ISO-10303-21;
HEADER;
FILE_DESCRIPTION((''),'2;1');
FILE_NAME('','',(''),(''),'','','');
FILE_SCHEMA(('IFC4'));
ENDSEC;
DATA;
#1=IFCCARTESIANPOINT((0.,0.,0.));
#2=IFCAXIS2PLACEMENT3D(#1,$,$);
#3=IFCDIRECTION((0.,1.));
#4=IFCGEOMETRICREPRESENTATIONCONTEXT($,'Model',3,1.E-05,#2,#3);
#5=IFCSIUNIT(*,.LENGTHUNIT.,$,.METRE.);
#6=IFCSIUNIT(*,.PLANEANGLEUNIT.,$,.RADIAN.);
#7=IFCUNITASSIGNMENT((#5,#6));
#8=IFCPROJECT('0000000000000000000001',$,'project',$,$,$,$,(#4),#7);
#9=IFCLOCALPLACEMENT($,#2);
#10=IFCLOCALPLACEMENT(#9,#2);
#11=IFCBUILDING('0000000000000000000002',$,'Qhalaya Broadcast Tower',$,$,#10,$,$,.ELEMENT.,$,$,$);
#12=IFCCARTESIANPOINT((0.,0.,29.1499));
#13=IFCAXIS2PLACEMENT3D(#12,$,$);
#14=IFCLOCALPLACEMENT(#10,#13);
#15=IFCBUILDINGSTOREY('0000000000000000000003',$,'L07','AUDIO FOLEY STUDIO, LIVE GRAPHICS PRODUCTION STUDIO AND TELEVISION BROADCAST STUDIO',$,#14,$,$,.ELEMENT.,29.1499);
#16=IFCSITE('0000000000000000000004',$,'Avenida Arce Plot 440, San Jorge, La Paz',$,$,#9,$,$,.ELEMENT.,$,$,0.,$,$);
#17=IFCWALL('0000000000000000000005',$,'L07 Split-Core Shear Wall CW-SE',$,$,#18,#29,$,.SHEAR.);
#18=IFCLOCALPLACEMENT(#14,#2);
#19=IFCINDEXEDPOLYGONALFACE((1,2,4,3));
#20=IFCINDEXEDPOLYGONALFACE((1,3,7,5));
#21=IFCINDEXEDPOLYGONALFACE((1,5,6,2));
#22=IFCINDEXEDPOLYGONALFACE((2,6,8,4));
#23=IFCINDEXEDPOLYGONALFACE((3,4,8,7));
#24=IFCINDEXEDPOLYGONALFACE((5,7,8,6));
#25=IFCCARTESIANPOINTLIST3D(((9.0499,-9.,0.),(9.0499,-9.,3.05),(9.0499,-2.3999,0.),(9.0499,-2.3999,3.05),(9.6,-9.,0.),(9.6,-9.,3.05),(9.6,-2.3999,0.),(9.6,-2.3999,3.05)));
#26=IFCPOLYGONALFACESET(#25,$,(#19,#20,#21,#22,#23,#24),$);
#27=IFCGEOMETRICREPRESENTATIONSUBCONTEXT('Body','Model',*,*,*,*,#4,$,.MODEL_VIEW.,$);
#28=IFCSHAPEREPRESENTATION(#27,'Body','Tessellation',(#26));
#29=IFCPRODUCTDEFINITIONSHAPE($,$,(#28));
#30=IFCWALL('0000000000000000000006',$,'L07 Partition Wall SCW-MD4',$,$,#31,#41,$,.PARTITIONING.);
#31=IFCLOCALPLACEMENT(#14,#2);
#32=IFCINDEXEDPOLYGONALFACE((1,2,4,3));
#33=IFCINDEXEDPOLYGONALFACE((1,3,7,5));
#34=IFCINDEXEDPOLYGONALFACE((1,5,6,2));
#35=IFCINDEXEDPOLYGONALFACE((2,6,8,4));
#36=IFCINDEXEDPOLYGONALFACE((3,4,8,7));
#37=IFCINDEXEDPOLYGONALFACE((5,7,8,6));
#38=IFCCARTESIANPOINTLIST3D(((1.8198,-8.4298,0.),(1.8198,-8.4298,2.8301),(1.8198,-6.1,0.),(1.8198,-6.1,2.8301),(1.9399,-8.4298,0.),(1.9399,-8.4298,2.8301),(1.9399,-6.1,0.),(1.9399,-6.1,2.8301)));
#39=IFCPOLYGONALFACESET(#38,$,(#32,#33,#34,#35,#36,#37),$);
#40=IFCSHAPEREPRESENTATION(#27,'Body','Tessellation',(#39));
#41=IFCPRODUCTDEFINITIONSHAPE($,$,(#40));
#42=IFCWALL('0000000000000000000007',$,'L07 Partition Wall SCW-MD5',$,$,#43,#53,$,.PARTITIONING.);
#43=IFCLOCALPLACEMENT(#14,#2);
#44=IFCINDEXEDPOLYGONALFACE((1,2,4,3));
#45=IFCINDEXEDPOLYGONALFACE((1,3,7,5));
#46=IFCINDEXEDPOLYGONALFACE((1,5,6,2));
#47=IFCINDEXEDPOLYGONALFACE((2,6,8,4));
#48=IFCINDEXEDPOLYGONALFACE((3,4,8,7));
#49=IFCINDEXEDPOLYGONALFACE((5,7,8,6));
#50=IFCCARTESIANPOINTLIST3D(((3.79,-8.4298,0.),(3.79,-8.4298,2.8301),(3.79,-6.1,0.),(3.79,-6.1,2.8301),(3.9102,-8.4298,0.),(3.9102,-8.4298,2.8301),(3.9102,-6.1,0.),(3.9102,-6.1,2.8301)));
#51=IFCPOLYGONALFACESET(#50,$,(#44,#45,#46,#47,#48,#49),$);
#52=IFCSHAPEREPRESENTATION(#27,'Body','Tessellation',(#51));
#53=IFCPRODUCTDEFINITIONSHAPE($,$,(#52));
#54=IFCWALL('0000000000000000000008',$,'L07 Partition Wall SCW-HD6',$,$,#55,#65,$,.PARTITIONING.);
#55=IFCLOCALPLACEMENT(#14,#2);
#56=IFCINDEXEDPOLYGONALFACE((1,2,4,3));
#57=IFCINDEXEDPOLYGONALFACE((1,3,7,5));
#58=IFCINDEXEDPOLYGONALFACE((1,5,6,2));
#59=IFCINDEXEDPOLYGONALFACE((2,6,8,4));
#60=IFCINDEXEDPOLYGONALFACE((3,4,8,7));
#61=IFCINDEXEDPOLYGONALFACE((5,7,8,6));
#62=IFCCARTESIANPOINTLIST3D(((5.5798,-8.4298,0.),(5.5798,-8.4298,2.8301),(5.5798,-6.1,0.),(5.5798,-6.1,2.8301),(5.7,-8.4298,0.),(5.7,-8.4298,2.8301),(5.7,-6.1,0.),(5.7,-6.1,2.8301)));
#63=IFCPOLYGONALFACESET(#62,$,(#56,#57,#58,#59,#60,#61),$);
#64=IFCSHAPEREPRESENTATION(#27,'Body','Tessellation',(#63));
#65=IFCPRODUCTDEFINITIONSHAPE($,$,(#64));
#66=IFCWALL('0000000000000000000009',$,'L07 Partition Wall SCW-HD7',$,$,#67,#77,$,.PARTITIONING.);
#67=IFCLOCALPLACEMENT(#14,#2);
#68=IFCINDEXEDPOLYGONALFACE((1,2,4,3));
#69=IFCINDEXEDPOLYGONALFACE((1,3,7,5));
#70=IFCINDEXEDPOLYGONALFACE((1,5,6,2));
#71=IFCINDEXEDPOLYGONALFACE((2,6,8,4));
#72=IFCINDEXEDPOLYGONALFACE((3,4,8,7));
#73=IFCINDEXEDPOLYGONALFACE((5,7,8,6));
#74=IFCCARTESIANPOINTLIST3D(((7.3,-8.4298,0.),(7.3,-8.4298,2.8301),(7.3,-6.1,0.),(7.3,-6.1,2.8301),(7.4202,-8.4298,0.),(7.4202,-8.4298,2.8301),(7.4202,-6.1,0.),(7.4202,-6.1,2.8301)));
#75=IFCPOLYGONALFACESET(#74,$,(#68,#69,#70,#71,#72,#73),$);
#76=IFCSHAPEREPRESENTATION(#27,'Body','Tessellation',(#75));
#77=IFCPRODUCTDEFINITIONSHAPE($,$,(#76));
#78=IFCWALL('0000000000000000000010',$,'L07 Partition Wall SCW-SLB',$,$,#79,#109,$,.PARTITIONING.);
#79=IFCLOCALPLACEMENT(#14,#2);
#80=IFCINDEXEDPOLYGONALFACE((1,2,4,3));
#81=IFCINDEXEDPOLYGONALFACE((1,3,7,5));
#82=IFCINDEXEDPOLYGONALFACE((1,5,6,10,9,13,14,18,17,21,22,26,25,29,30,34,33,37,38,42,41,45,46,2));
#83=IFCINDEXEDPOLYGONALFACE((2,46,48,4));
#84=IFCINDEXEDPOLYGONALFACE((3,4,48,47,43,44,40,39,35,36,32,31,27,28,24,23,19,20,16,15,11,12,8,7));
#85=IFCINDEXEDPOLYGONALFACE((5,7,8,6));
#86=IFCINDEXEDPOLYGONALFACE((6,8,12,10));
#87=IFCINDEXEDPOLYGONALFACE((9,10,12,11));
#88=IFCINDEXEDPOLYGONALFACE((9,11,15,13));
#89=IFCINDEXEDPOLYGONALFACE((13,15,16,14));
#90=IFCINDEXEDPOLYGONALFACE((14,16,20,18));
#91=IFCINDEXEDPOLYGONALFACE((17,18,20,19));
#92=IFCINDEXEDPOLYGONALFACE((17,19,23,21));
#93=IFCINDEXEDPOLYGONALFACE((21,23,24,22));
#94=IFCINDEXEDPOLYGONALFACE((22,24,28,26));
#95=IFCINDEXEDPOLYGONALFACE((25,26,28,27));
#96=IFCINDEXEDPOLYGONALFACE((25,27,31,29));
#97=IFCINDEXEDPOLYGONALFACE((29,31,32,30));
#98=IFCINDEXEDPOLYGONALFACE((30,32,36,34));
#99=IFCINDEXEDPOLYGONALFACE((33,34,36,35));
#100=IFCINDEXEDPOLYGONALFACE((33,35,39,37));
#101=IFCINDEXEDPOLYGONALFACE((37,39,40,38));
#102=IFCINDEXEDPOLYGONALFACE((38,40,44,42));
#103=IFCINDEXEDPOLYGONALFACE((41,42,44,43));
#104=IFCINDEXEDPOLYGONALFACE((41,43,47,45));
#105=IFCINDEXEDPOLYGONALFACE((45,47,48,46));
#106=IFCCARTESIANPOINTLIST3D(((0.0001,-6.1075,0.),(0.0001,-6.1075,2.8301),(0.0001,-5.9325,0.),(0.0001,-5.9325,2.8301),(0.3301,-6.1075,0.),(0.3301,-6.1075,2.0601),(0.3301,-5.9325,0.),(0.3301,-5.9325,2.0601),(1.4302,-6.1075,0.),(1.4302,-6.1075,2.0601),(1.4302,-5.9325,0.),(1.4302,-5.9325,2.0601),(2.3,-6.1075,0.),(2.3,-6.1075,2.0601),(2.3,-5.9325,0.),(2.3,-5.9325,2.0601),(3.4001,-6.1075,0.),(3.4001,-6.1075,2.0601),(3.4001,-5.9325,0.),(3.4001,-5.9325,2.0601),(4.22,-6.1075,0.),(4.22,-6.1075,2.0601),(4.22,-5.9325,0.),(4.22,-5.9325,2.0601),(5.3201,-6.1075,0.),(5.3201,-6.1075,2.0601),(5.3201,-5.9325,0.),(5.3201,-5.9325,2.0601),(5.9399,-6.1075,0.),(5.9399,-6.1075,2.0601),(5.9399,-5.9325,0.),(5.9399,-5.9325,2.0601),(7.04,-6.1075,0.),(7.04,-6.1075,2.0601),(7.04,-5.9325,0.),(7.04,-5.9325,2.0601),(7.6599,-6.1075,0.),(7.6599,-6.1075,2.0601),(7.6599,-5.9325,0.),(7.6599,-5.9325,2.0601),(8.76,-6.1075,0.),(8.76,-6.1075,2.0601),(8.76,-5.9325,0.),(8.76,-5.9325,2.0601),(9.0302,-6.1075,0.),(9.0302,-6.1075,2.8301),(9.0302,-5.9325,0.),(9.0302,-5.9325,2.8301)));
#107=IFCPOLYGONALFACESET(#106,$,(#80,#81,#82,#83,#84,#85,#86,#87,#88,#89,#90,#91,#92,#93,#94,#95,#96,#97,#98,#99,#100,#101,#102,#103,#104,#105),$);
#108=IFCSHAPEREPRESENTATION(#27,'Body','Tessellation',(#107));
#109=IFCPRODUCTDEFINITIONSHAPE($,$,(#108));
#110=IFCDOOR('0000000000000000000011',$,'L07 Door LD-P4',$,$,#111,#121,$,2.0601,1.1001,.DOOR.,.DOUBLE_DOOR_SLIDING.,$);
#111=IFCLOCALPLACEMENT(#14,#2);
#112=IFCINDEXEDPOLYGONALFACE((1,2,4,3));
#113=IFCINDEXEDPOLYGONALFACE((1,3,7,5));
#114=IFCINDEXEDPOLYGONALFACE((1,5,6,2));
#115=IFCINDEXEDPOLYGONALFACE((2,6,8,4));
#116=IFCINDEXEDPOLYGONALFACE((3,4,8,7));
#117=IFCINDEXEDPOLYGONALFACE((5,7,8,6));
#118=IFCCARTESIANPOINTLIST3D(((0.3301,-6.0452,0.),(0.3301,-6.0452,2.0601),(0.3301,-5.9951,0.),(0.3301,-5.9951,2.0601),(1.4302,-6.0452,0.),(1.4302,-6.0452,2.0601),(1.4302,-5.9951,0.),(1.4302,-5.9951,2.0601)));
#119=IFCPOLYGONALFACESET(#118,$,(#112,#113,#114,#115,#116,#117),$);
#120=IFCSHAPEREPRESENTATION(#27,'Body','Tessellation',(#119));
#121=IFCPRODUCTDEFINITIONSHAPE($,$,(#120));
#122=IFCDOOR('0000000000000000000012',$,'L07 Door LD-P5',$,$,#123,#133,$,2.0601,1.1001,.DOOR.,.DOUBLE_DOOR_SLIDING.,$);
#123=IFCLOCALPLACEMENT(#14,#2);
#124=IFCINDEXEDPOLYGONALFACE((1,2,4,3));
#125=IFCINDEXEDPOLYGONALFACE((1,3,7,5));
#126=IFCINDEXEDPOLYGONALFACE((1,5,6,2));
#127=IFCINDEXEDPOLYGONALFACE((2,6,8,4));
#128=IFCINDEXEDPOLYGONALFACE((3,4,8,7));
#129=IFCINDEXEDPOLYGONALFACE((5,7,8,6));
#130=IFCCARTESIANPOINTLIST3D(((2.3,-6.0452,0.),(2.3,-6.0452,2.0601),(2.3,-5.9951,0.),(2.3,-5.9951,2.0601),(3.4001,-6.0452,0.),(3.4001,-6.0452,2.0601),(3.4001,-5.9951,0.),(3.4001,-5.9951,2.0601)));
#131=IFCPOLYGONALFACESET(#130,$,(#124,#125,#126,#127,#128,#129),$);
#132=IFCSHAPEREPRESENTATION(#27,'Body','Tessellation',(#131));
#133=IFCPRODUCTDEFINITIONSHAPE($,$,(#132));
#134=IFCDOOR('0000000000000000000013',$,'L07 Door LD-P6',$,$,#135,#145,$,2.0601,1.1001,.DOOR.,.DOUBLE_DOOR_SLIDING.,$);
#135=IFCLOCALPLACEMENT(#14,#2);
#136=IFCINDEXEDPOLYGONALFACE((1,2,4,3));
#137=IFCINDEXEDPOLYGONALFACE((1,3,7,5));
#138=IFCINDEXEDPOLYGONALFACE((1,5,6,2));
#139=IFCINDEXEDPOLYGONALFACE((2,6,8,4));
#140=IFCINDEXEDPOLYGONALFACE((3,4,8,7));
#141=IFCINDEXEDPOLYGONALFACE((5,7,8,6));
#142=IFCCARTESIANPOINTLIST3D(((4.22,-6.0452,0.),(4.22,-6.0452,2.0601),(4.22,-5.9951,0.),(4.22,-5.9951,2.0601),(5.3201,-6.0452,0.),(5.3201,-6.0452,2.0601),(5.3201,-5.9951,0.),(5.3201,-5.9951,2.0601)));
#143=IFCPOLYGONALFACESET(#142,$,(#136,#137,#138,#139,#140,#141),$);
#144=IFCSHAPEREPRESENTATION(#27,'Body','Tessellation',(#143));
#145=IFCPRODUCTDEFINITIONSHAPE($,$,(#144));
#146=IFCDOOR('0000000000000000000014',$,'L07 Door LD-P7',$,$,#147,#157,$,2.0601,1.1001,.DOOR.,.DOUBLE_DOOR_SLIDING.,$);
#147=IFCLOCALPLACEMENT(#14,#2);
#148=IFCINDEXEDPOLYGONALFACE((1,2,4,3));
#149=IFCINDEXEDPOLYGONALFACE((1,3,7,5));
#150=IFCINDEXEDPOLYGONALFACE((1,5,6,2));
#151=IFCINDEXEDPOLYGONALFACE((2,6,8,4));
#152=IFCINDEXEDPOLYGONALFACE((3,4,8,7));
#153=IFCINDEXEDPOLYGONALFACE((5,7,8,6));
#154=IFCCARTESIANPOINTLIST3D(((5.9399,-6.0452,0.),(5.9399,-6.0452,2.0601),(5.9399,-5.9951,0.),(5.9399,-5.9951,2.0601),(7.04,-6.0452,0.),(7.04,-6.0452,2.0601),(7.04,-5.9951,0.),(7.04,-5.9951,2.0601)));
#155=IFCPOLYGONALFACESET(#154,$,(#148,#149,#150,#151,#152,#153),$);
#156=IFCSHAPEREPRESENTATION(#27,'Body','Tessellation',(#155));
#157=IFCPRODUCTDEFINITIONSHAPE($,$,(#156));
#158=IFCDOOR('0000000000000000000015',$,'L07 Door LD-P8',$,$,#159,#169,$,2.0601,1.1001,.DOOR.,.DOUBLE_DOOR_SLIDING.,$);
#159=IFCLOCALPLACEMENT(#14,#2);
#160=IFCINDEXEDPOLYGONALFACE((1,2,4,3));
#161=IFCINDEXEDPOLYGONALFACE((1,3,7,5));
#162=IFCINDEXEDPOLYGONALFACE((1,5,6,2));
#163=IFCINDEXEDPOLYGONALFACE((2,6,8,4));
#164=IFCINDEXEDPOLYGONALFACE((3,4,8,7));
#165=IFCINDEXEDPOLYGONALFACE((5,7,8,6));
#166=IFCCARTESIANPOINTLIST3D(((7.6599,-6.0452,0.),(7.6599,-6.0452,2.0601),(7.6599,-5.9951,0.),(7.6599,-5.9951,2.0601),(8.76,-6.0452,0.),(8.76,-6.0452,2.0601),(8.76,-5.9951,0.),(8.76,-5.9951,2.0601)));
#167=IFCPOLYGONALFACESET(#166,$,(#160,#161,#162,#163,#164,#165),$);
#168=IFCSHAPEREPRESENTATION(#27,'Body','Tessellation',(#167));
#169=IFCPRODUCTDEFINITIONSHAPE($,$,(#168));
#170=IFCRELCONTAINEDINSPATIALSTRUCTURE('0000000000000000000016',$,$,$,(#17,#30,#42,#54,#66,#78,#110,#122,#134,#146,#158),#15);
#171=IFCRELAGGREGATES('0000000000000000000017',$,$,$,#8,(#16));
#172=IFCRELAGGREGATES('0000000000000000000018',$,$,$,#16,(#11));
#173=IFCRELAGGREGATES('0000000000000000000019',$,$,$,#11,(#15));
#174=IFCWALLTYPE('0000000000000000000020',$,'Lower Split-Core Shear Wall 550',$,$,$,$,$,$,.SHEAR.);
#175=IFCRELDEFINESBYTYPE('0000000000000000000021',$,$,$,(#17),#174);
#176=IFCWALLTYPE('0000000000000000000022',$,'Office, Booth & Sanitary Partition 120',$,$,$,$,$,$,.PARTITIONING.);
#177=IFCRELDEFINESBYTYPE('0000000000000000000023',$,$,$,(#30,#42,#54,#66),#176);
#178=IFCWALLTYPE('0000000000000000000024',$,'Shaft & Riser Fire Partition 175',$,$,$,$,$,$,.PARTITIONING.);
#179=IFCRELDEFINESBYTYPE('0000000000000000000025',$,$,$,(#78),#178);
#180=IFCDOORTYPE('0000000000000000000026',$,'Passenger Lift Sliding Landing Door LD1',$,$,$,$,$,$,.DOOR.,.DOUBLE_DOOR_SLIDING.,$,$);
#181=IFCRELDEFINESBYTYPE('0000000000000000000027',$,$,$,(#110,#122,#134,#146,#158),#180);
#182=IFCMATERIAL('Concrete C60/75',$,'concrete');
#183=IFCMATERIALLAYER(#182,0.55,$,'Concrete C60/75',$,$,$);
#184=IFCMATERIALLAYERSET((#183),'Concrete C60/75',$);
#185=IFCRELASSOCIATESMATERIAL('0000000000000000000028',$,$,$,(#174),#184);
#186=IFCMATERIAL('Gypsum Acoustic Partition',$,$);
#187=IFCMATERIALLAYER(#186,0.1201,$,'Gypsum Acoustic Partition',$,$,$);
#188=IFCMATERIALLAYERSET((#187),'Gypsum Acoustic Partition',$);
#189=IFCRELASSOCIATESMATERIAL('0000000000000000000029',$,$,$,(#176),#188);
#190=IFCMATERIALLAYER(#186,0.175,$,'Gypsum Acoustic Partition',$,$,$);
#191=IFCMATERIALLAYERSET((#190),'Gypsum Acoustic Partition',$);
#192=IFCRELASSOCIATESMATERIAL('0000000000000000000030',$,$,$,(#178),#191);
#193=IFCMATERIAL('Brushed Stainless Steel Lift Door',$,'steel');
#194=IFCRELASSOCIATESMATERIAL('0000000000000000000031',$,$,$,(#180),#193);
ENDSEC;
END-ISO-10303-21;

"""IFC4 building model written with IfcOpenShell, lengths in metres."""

from ifc_helpers import new_model, si_unit, direction, frame, frame_2d, origin, place, context, subcontext, project, spatial, rectangle, extrude, material, layer, layer_set, type_object, element, fill, save


model = new_model("IFC4")

# Units and contexts
model_context = context("Model", 3, precision=1e-05, world=origin(), true_north=direction((0.0, 1.0)))
body_context = subcontext(model_context, "Body", "Model", "MODEL_VIEW")
ifc_project = project(units=[si_unit("LENGTHUNIT", "METRE"), si_unit("PLANEANGLEUNIT", "RADIAN")], contexts=[model_context])

# Site, building, storey
site_placement = place(None, origin())
site = spatial("IfcSite", under=ifc_project, at=site_placement, Name="Avenida Arce Plot 440, San Jorge, La Paz", CompositionType="ELEMENT", RefElevation=0.0)
building_placement = place(site_placement, origin())
building = spatial("IfcBuilding", under=site, at=building_placement, Name="Qhalaya Broadcast Tower", CompositionType="ELEMENT")
storey_placement = place(building_placement, frame((0.0, 0.0, 29.1499)))
storey = spatial("IfcBuildingStorey", under=building, at=storey_placement, Name="L07", Description="AUDIO FOLEY STUDIO, LIVE GRAPHICS PRODUCTION STUDIO AND TELEVISION BROADCAST STUDIO", CompositionType="ELEMENT", Elevation=29.1499)

# Walls
ifc_material_1 = material(Name="Concrete C60/75", Category="concrete")
ifc_layer_1 = layer(ifc_material_1, 0.55, Name="Concrete C60/75")
ifc_layer_set_1 = layer_set([ifc_layer_1], Name="Concrete C60/75")
wall_type_1 = type_object("IfcWallType", Name="Lower Split-Core Shear Wall 550", PredefinedType="SHEAR", material=ifc_layer_set_1)
wall_1_placement = place(storey_placement, frame((9.325, -9.0, 0.0), z_axis=(0.0, 0.0, 1.0), x_axis=(0.0, 1.0, 0.0)))
element("IfcWall", 1, at=wall_1_placement, inside=storey, type_object=wall_type_1, Name="L07 Split-Core Shear Wall CW-SE", PredefinedType="SHEAR", context=body_context, shape_type="SweptSolid", body=[
    extrude(rectangle(XDim=6.6001, YDim=0.55, at=frame_2d((3.3, 0.0))), origin(), (0.0, 0.0, 1.0), 3.05),
])
ifc_material_2 = material(Name="Gypsum Acoustic Partition")
ifc_layer_2 = layer(ifc_material_2, 0.1201, Name="Gypsum Acoustic Partition")
ifc_layer_set_2 = layer_set([ifc_layer_2], Name="Gypsum Acoustic Partition")
wall_type_2 = type_object("IfcWallType", Name="Office, Booth & Sanitary Partition 120", PredefinedType="PARTITIONING", material=ifc_layer_set_2)
for number, where, z_axis, x_axis, name in (
    (2, (1.8799, -8.4299, 0.0), (0.0, 0.0, 1.0), (0.0, 1.0, 0.0), "L07 Partition Wall SCW-MD4"),
    (3, (3.8501, -8.4299, 0.0), (0.0, 0.0, 1.0), (0.0, 1.0, 0.0), "L07 Partition Wall SCW-MD5"),
    (4, (5.6399, -8.4299, 0.0), (0.0, 0.0, 1.0), (0.0, 1.0, 0.0), "L07 Partition Wall SCW-HD6"),
    (5, (7.3601, -8.4299, 0.0), (0.0, 0.0, 1.0), (0.0, 1.0, 0.0), "L07 Partition Wall SCW-HD7"),
):
    element("IfcWall", number, at=place(storey_placement, frame(where, z_axis=z_axis, x_axis=x_axis)), inside=storey, type_object=wall_type_2, Name=name, PredefinedType="PARTITIONING", context=body_context, shape_type="SweptSolid", body=[
        extrude(rectangle(XDim=2.3298, YDim=0.1201, at=frame_2d((1.165, 0.0))), origin(), (0.0, 0.0, 1.0), 2.8301),
    ])

# Wall, openings, doors
ifc_layer_3 = layer(ifc_material_2, 0.175, Name="Gypsum Acoustic Partition")
ifc_layer_set_3 = layer_set([ifc_layer_3], Name="Gypsum Acoustic Partition")
wall_type_3 = type_object("IfcWallType", Name="Shaft & Riser Fire Partition 175", PredefinedType="PARTITIONING", material=ifc_layer_set_3)
wall_2_placement = place(storey_placement, frame((0.0, -6.02, 0.0), z_axis=(0.0, 0.0, 1.0), x_axis=(1.0, 0.0, 0.0)))
wall_2 = element("IfcWall", 6, at=wall_2_placement, inside=storey, type_object=wall_type_3, Name="L07 Partition Wall SCW-SLB", PredefinedType="PARTITIONING", context=body_context, shape_type="SweptSolid", body=[
    extrude(rectangle(XDim=9.03, YDim=0.175, at=frame_2d((4.5151, 0.0))), origin(), (0.0, 0.0, 1.0), 2.8301),
])
opening_1_placement = place(wall_2_placement, frame((0.3301, 0.0, 0.0)))
opening_1 = element("IfcOpeningElement", 7, at=opening_1_placement, cuts=wall_2, PredefinedType="OPENING", context=body_context, shape_type="SweptSolid", body=[
    extrude(rectangle(XDim=1.1001, YDim=2.0601, at=frame_2d((0.55, 1.03))), frame((0.0, 0.0996, 0.0), z_axis=(0.0, -1.0, 0.0), x_axis=(1.0, 0.0, 0.0)), (0.0, 0.0, 1.0), 0.199),
])
opening_2_placement = place(wall_2_placement, frame((2.3, 0.0, 0.0)))
opening_2 = element("IfcOpeningElement", 8, at=opening_2_placement, cuts=wall_2, PredefinedType="OPENING", context=body_context, shape_type="SweptSolid", body=[
    extrude(rectangle(XDim=1.1001, YDim=2.0601, at=frame_2d((0.55, 1.03))), frame((0.0, 0.0996, 0.0), z_axis=(0.0, -1.0, 0.0), x_axis=(1.0, 0.0, 0.0)), (0.0, 0.0, 1.0), 0.199),
])
opening_3_placement = place(wall_2_placement, frame((4.22, 0.0, 0.0)))
opening_3 = element("IfcOpeningElement", 9, at=opening_3_placement, cuts=wall_2, PredefinedType="OPENING", context=body_context, shape_type="SweptSolid", body=[
    extrude(rectangle(XDim=1.1001, YDim=2.0601, at=frame_2d((0.55, 1.03))), frame((0.0, 0.0996, 0.0), z_axis=(0.0, -1.0, 0.0), x_axis=(1.0, 0.0, 0.0)), (0.0, 0.0, 1.0), 0.199),
])
opening_4_placement = place(wall_2_placement, frame((5.9399, 0.0, 0.0)))
opening_4 = element("IfcOpeningElement", 10, at=opening_4_placement, cuts=wall_2, PredefinedType="OPENING", context=body_context, shape_type="SweptSolid", body=[
    extrude(rectangle(XDim=1.1001, YDim=2.0601, at=frame_2d((0.55, 1.03))), frame((0.0, 0.0996, 0.0), z_axis=(0.0, -1.0, 0.0), x_axis=(1.0, 0.0, 0.0)), (0.0, 0.0, 1.0), 0.199),
])
opening_5_placement = place(wall_2_placement, frame((7.6599, 0.0, 0.0)))
opening_5 = element("IfcOpeningElement", 11, at=opening_5_placement, cuts=wall_2, PredefinedType="OPENING", context=body_context, shape_type="SweptSolid", body=[
    extrude(rectangle(XDim=1.1001, YDim=2.0601, at=frame_2d((0.55, 1.03))), frame((0.0, 0.0996, 0.0), z_axis=(0.0, -1.0, 0.0), x_axis=(1.0, 0.0, 0.0)), (0.0, 0.0, 1.0), 0.199),
])
ifc_material_3 = material(Name="Brushed Stainless Steel Lift Door", Category="steel")
door_type = type_object("IfcDoorType", Name="Passenger Lift Sliding Landing Door LD1", OperationType="DOUBLE_DOOR_SLIDING", PredefinedType="DOOR", material=ifc_material_3)
door_1_placement = place(opening_1_placement, origin())
door_1 = element("IfcDoor", 12, at=door_1_placement, inside=storey, type_object=door_type, Name="L07 Door LD-P4", OperationType="DOUBLE_DOOR_SLIDING", OverallHeight=2.0601, OverallWidth=1.1001, PredefinedType="DOOR", context=body_context, shape_type="SweptSolid", body=[
    extrude(rectangle(XDim=1.1001, YDim=2.0601, at=frame_2d((0.55, 1.03))), frame((0.0, 0.0249, 0.0), z_axis=(0.0, -1.0, 0.0), x_axis=(1.0, 0.0, 0.0)), (0.0, 0.0, 1.0), 0.05),
])
fill(opening_1, door_1)
door_2_placement = place(opening_2_placement, origin())
door_2 = element("IfcDoor", 13, at=door_2_placement, inside=storey, type_object=door_type, Name="L07 Door LD-P5", OperationType="DOUBLE_DOOR_SLIDING", OverallHeight=2.0601, OverallWidth=1.1001, PredefinedType="DOOR", context=body_context, shape_type="SweptSolid", body=[
    extrude(rectangle(XDim=1.1001, YDim=2.0601, at=frame_2d((0.55, 1.03))), frame((0.0, 0.0249, 0.0), z_axis=(0.0, -1.0, 0.0), x_axis=(1.0, 0.0, 0.0)), (0.0, 0.0, 1.0), 0.05),
])
fill(opening_2, door_2)
door_3_placement = place(opening_3_placement, origin())
door_3 = element("IfcDoor", 14, at=door_3_placement, inside=storey, type_object=door_type, Name="L07 Door LD-P6", OperationType="DOUBLE_DOOR_SLIDING", OverallHeight=2.0601, OverallWidth=1.1001, PredefinedType="DOOR", context=body_context, shape_type="SweptSolid", body=[
    extrude(rectangle(XDim=1.1001, YDim=2.0601, at=frame_2d((0.55, 1.03))), frame((0.0, 0.0249, 0.0), z_axis=(0.0, -1.0, 0.0), x_axis=(1.0, 0.0, 0.0)), (0.0, 0.0, 1.0), 0.05),
])
fill(opening_3, door_3)
door_4_placement = place(opening_4_placement, origin())
door_4 = element("IfcDoor", 15, at=door_4_placement, inside=storey, type_object=door_type, Name="L07 Door LD-P7", OperationType="DOUBLE_DOOR_SLIDING", OverallHeight=2.0601, OverallWidth=1.1001, PredefinedType="DOOR", context=body_context, shape_type="SweptSolid", body=[
    extrude(rectangle(XDim=1.1001, YDim=2.0601, at=frame_2d((0.55, 1.03))), frame((0.0, 0.0249, 0.0), z_axis=(0.0, -1.0, 0.0), x_axis=(1.0, 0.0, 0.0)), (0.0, 0.0, 1.0), 0.05),
])
fill(opening_4, door_4)
door_5_placement = place(opening_5_placement, origin())
door_5 = element("IfcDoor", 16, at=door_5_placement, inside=storey, type_object=door_type, Name="L07 Door LD-P8", OperationType="DOUBLE_DOOR_SLIDING", OverallHeight=2.0601, OverallWidth=1.1001, PredefinedType="DOOR", context=body_context, shape_type="SweptSolid", body=[
    extrude(rectangle(XDim=1.1001, YDim=2.0601, at=frame_2d((0.55, 1.03))), frame((0.0, 0.0249, 0.0), z_axis=(0.0, -1.0, 0.0), x_axis=(1.0, 0.0, 0.0)), (0.0, 0.0, 1.0), 0.05),
])
fill(opening_5, door_5)

save(model, "model.ifc")
